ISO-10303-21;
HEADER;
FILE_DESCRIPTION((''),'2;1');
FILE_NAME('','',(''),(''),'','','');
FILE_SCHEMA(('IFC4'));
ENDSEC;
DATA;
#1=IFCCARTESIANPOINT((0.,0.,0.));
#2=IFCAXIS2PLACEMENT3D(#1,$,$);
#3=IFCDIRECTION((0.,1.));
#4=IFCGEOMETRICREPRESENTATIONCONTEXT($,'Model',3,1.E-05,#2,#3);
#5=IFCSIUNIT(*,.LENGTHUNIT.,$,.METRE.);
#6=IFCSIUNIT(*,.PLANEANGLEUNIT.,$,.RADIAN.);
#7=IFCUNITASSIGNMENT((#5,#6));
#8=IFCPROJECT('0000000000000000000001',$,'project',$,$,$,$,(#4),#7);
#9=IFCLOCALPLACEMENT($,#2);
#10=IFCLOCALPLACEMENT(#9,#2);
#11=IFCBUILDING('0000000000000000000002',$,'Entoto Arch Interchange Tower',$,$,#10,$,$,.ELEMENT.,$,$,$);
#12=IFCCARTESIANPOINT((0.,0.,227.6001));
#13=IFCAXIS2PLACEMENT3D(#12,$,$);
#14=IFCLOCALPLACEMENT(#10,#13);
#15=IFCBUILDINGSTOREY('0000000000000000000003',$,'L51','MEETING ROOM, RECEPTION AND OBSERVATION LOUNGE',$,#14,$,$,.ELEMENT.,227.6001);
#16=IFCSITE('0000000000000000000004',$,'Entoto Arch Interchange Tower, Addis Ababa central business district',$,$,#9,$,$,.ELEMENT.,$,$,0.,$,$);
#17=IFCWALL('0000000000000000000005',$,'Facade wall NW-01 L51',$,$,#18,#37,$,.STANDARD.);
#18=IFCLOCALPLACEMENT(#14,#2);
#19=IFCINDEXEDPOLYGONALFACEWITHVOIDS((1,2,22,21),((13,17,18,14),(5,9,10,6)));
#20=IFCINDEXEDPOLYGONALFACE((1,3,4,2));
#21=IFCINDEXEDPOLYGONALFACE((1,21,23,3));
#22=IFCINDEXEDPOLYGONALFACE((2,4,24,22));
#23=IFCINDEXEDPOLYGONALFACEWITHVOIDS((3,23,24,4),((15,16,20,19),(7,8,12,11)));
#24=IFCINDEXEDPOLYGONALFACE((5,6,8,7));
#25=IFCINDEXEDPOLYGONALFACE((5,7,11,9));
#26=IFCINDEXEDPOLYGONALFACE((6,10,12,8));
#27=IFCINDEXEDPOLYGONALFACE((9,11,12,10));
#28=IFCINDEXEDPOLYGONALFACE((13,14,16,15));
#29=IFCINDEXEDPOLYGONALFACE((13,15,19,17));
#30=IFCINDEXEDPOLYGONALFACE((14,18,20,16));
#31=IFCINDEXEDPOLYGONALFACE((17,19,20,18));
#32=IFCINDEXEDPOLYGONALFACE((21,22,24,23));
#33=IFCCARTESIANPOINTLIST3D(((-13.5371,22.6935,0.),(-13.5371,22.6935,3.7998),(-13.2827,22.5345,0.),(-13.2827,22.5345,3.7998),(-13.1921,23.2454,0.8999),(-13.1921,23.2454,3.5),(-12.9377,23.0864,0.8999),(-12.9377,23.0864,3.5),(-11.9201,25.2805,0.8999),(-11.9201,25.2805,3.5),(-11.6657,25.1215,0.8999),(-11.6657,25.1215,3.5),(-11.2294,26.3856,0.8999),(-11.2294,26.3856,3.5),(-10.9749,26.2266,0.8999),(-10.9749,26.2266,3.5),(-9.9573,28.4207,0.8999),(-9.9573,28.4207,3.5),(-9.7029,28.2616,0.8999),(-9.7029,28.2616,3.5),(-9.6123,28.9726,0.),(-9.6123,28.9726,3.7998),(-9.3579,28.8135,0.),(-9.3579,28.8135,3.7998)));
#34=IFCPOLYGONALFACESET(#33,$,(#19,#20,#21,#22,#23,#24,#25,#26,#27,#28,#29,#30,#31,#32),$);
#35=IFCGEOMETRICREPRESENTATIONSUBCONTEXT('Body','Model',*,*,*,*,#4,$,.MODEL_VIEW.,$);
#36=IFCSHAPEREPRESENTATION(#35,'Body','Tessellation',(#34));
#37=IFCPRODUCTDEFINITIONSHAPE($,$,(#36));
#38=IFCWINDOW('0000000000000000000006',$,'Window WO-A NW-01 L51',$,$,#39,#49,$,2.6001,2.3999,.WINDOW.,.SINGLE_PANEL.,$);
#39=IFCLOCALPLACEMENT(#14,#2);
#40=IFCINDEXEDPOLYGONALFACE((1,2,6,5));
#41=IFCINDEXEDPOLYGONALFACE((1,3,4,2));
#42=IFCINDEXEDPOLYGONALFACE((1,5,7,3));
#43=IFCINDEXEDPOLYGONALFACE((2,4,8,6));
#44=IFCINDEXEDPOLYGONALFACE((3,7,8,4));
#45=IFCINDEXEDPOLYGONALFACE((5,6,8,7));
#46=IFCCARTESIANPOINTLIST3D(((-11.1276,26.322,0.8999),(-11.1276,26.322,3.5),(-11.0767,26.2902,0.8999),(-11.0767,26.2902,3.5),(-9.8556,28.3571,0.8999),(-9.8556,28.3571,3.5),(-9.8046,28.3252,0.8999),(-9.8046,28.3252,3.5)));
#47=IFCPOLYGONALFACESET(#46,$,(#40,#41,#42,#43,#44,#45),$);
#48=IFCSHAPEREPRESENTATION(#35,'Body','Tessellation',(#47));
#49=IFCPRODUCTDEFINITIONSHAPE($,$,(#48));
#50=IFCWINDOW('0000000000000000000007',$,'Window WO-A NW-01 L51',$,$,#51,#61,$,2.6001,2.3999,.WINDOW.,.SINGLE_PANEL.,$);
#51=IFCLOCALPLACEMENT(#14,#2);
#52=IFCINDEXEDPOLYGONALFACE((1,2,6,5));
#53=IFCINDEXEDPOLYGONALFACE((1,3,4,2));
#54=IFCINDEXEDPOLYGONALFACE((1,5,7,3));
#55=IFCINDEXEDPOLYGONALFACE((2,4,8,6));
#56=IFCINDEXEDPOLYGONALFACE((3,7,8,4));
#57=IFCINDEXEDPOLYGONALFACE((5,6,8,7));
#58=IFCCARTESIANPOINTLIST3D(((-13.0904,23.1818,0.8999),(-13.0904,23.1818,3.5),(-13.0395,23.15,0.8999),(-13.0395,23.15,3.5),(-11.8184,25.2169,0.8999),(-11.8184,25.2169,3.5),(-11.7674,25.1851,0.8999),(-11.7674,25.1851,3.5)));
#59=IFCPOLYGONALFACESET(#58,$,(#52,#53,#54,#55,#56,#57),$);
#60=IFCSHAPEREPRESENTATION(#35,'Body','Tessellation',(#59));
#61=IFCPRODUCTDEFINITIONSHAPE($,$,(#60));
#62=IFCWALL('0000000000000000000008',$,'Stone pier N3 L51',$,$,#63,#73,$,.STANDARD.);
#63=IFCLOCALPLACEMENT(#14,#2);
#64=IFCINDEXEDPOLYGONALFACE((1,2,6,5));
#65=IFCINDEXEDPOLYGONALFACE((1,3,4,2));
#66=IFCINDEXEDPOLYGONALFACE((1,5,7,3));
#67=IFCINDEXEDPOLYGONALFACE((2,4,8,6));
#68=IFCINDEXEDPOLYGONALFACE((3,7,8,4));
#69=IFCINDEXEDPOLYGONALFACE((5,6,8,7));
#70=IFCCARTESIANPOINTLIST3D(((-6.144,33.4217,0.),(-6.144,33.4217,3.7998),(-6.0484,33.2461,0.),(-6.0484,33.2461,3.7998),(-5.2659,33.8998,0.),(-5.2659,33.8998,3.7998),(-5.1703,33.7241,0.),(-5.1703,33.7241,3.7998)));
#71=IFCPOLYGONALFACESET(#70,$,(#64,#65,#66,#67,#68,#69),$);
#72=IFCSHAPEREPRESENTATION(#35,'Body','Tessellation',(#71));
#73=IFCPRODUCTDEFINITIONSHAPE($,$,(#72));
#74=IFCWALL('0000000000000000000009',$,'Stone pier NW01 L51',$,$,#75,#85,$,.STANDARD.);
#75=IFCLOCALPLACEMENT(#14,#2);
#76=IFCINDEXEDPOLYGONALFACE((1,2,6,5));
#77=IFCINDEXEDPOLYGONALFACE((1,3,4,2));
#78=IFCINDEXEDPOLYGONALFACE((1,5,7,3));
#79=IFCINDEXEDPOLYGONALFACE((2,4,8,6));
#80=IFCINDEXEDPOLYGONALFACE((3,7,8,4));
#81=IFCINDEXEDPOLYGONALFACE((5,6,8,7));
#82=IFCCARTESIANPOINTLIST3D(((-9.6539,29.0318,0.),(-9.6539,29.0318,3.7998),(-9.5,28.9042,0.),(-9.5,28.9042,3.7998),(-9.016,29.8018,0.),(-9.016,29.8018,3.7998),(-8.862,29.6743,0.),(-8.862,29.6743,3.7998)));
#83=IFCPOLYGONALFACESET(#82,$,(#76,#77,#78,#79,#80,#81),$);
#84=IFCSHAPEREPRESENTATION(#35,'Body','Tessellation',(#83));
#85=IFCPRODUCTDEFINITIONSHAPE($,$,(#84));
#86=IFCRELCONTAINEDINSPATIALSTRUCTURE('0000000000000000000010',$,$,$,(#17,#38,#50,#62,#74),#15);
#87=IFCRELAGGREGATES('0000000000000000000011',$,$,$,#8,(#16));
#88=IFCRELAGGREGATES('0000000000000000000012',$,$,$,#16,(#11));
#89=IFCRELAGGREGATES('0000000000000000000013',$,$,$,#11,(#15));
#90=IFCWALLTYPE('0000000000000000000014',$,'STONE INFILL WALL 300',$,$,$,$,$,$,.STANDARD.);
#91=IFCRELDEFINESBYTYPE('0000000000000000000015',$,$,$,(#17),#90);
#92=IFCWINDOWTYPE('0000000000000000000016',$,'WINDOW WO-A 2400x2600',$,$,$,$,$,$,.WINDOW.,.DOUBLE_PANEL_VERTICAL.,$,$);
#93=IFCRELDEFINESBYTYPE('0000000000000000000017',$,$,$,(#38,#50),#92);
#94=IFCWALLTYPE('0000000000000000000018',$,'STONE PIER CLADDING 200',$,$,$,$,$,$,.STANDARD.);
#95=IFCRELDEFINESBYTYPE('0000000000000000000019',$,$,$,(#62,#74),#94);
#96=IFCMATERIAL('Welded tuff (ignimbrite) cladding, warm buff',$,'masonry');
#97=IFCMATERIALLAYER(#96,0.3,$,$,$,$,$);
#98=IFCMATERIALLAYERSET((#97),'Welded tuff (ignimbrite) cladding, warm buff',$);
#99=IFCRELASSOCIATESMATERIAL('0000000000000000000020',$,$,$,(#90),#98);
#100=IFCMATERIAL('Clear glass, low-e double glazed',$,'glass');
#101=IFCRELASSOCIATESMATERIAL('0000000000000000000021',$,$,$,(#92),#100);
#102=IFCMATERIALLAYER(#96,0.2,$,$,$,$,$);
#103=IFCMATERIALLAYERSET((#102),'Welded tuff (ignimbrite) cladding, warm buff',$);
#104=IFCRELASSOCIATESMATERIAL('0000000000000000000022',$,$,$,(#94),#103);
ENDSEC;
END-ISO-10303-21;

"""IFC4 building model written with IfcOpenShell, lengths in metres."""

from ifc_helpers import new_model, si_unit, direction, frame, frame_2d, origin, place, context, subcontext, project, spatial, rectangle, extrude, material, layer, layer_set, type_object, element, fill, save


model = new_model("IFC4")

# Units and contexts
model_context = context("Model", 3, precision=1e-05, world=origin(), true_north=direction((0.0, 1.0)))
body_context = subcontext(model_context, "Body", "Model", "MODEL_VIEW")
ifc_project = project(units=[si_unit("LENGTHUNIT", "METRE"), si_unit("PLANEANGLEUNIT", "RADIAN")], contexts=[model_context])

# Site, building, storey
site_placement = place(None, origin())
site = spatial("IfcSite", under=ifc_project, at=site_placement, Name="Entoto Arch Interchange Tower, Addis Ababa central business district", CompositionType="ELEMENT", RefElevation=0.0)
building_placement = place(site_placement, origin())
building = spatial("IfcBuilding", under=site, at=building_placement, Name="Entoto Arch Interchange Tower", CompositionType="ELEMENT")
storey_placement = place(building_placement, frame((0.0, 0.0, 227.6001)))
storey = spatial("IfcBuildingStorey", under=building, at=storey_placement, Name="L51", Description="MEETING ROOM, RECEPTION AND OBSERVATION LOUNGE", CompositionType="ELEMENT", Elevation=227.6001)

# Shared definitions
ifc_material_1 = material(Name="Welded tuff (ignimbrite) cladding, warm buff", Category="masonry")
ifc_layer_1 = layer(ifc_material_1, 0.3)
ifc_layer_set_1 = layer_set([ifc_layer_1], Name="Welded tuff (ignimbrite) cladding, warm buff")
wall_type_1 = type_object("IfcWallType", Name="STONE INFILL WALL 300", PredefinedType="STANDARD", material=ifc_layer_set_1)
ifc_material_2 = material(Name="Clear glass, low-e double glazed", Category="glass")

# Wall, openings, windows
wall_1_placement = place(storey_placement, frame((-9.4851, 28.8931, 0.0), z_axis=(0.0, 0.0, 1.0), x_axis=(-0.530037, -0.847974, 0.0)))
wall_1 = element("IfcWall", 1, at=wall_1_placement, inside=storey, type_object=wall_type_1, Name="Facade wall NW-01 L51", PredefinedType="STANDARD", context=body_context, shape_type="SweptSolid", body=[
    extrude(rectangle(XDim=7.4048, YDim=0.3, at=frame_2d((3.7024, 0.0))), origin(), (0.0, 0.0, 1.0), 3.7998),
])
opening_1_placement = place(wall_1_placement, frame((0.6509, 0.0, 0.8999)))
opening_1 = element("IfcOpeningElement", 2, at=opening_1_placement, cuts=wall_1, PredefinedType="OPENING", context=body_context, shape_type="SweptSolid", body=[
    extrude(rectangle(XDim=2.3999, YDim=2.6001, at=frame_2d((1.2, 1.3))), frame((0.0, 0.1602, 0.0), z_axis=(0.0, -1.0, 0.0), x_axis=(1.0, 0.0, 0.0)), (0.0, 0.0, 1.0), 0.3201),
])
opening_2_placement = place(wall_1_placement, frame((4.354, 0.0, 0.8999)))
opening_2 = element("IfcOpeningElement", 3, at=opening_2_placement, cuts=wall_1, PredefinedType="OPENING", context=body_context, shape_type="SweptSolid", body=[
    extrude(rectangle(XDim=2.3999, YDim=2.6001, at=frame_2d((1.2, 1.3))), frame((0.0, 0.1602, 0.0), z_axis=(0.0, -1.0, 0.0), x_axis=(1.0, 0.0, 0.0)), (0.0, 0.0, 1.0), 0.3201),
])
window_type_1 = type_object("IfcWindowType", Name="WINDOW WO-A 2400x2600", PartitioningType="DOUBLE_PANEL_VERTICAL", PredefinedType="WINDOW", material=ifc_material_2)
window_1_placement = place(opening_1_placement, origin())
window_1 = element("IfcWindow", 4, at=window_1_placement, inside=storey, type_object=window_type_1, Name="Window WO-A NW-01 L51", OverallHeight=2.6001, OverallWidth=2.3999, PartitioningType="SINGLE_PANEL", PredefinedType="WINDOW", context=body_context, shape_type="SweptSolid", body=[
    extrude(rectangle(XDim=2.3999, YDim=2.6001, at=frame_2d((1.2, 1.3))), frame((0.0, 0.03, 0.0), z_axis=(0.0, -1.0, 0.0), x_axis=(1.0, 0.0, 0.0)), (0.0, 0.0, 1.0), 0.0601),
])
fill(opening_1, window_1)
window_2_placement = place(opening_2_placement, origin())
window_2 = element("IfcWindow", 5, at=window_2_placement, inside=storey, type_object=window_type_1, Name="Window WO-A NW-01 L51", OverallHeight=2.6001, OverallWidth=2.3999, PartitioningType="SINGLE_PANEL", PredefinedType="WINDOW", context=body_context, shape_type="SweptSolid", body=[
    extrude(rectangle(XDim=2.3999, YDim=2.6001, at=frame_2d((1.2, 1.3))), frame((0.0, 0.03, 0.0), z_axis=(0.0, -1.0, 0.0), x_axis=(1.0, 0.0, 0.0)), (0.0, 0.0, 1.0), 0.0601),
])
fill(opening_2, window_2)

# Walls
ifc_layer_2 = layer(ifc_material_1, 0.2)
ifc_layer_set_2 = layer_set([ifc_layer_2], Name="Welded tuff (ignimbrite) cladding, warm buff")
wall_type_2 = type_object("IfcWallType", Name="STONE PIER CLADDING 200", PredefinedType="STANDARD", material=ifc_layer_set_2)
wall_2_placement = place(storey_placement, frame((-5.218, 33.812, 0.0), z_axis=(0.0, 0.0, 1.0), x_axis=(-0.87825, -0.478202, 0.0)))
element("IfcWall", 6, at=wall_2_placement, inside=storey, type_object=wall_type_2, Name="Stone pier N3 L51", PredefinedType="STANDARD", context=body_context, shape_type="SweptSolid", body=[
    extrude(rectangle(XDim=0.9998, YDim=0.2, at=frame_2d((0.5, 0.0))), origin(), (0.0, 0.0, 1.0), 3.7998),
])
wall_3_placement = place(storey_placement, frame((-8.939, 29.738, 0.0), z_axis=(0.0, 0.0, 1.0), x_axis=(-0.637972, -0.770059, 0.0)))
element("IfcWall", 7, at=wall_3_placement, inside=storey, type_object=wall_type_2, Name="Stone pier NW01 L51", PredefinedType="STANDARD", context=body_context, shape_type="SweptSolid", body=[
    extrude(rectangle(XDim=1.0, YDim=0.2, at=frame_2d((0.5, 0.0))), origin(), (0.0, 0.0, 1.0), 3.7998),
])

save(model, "model.ifc")
